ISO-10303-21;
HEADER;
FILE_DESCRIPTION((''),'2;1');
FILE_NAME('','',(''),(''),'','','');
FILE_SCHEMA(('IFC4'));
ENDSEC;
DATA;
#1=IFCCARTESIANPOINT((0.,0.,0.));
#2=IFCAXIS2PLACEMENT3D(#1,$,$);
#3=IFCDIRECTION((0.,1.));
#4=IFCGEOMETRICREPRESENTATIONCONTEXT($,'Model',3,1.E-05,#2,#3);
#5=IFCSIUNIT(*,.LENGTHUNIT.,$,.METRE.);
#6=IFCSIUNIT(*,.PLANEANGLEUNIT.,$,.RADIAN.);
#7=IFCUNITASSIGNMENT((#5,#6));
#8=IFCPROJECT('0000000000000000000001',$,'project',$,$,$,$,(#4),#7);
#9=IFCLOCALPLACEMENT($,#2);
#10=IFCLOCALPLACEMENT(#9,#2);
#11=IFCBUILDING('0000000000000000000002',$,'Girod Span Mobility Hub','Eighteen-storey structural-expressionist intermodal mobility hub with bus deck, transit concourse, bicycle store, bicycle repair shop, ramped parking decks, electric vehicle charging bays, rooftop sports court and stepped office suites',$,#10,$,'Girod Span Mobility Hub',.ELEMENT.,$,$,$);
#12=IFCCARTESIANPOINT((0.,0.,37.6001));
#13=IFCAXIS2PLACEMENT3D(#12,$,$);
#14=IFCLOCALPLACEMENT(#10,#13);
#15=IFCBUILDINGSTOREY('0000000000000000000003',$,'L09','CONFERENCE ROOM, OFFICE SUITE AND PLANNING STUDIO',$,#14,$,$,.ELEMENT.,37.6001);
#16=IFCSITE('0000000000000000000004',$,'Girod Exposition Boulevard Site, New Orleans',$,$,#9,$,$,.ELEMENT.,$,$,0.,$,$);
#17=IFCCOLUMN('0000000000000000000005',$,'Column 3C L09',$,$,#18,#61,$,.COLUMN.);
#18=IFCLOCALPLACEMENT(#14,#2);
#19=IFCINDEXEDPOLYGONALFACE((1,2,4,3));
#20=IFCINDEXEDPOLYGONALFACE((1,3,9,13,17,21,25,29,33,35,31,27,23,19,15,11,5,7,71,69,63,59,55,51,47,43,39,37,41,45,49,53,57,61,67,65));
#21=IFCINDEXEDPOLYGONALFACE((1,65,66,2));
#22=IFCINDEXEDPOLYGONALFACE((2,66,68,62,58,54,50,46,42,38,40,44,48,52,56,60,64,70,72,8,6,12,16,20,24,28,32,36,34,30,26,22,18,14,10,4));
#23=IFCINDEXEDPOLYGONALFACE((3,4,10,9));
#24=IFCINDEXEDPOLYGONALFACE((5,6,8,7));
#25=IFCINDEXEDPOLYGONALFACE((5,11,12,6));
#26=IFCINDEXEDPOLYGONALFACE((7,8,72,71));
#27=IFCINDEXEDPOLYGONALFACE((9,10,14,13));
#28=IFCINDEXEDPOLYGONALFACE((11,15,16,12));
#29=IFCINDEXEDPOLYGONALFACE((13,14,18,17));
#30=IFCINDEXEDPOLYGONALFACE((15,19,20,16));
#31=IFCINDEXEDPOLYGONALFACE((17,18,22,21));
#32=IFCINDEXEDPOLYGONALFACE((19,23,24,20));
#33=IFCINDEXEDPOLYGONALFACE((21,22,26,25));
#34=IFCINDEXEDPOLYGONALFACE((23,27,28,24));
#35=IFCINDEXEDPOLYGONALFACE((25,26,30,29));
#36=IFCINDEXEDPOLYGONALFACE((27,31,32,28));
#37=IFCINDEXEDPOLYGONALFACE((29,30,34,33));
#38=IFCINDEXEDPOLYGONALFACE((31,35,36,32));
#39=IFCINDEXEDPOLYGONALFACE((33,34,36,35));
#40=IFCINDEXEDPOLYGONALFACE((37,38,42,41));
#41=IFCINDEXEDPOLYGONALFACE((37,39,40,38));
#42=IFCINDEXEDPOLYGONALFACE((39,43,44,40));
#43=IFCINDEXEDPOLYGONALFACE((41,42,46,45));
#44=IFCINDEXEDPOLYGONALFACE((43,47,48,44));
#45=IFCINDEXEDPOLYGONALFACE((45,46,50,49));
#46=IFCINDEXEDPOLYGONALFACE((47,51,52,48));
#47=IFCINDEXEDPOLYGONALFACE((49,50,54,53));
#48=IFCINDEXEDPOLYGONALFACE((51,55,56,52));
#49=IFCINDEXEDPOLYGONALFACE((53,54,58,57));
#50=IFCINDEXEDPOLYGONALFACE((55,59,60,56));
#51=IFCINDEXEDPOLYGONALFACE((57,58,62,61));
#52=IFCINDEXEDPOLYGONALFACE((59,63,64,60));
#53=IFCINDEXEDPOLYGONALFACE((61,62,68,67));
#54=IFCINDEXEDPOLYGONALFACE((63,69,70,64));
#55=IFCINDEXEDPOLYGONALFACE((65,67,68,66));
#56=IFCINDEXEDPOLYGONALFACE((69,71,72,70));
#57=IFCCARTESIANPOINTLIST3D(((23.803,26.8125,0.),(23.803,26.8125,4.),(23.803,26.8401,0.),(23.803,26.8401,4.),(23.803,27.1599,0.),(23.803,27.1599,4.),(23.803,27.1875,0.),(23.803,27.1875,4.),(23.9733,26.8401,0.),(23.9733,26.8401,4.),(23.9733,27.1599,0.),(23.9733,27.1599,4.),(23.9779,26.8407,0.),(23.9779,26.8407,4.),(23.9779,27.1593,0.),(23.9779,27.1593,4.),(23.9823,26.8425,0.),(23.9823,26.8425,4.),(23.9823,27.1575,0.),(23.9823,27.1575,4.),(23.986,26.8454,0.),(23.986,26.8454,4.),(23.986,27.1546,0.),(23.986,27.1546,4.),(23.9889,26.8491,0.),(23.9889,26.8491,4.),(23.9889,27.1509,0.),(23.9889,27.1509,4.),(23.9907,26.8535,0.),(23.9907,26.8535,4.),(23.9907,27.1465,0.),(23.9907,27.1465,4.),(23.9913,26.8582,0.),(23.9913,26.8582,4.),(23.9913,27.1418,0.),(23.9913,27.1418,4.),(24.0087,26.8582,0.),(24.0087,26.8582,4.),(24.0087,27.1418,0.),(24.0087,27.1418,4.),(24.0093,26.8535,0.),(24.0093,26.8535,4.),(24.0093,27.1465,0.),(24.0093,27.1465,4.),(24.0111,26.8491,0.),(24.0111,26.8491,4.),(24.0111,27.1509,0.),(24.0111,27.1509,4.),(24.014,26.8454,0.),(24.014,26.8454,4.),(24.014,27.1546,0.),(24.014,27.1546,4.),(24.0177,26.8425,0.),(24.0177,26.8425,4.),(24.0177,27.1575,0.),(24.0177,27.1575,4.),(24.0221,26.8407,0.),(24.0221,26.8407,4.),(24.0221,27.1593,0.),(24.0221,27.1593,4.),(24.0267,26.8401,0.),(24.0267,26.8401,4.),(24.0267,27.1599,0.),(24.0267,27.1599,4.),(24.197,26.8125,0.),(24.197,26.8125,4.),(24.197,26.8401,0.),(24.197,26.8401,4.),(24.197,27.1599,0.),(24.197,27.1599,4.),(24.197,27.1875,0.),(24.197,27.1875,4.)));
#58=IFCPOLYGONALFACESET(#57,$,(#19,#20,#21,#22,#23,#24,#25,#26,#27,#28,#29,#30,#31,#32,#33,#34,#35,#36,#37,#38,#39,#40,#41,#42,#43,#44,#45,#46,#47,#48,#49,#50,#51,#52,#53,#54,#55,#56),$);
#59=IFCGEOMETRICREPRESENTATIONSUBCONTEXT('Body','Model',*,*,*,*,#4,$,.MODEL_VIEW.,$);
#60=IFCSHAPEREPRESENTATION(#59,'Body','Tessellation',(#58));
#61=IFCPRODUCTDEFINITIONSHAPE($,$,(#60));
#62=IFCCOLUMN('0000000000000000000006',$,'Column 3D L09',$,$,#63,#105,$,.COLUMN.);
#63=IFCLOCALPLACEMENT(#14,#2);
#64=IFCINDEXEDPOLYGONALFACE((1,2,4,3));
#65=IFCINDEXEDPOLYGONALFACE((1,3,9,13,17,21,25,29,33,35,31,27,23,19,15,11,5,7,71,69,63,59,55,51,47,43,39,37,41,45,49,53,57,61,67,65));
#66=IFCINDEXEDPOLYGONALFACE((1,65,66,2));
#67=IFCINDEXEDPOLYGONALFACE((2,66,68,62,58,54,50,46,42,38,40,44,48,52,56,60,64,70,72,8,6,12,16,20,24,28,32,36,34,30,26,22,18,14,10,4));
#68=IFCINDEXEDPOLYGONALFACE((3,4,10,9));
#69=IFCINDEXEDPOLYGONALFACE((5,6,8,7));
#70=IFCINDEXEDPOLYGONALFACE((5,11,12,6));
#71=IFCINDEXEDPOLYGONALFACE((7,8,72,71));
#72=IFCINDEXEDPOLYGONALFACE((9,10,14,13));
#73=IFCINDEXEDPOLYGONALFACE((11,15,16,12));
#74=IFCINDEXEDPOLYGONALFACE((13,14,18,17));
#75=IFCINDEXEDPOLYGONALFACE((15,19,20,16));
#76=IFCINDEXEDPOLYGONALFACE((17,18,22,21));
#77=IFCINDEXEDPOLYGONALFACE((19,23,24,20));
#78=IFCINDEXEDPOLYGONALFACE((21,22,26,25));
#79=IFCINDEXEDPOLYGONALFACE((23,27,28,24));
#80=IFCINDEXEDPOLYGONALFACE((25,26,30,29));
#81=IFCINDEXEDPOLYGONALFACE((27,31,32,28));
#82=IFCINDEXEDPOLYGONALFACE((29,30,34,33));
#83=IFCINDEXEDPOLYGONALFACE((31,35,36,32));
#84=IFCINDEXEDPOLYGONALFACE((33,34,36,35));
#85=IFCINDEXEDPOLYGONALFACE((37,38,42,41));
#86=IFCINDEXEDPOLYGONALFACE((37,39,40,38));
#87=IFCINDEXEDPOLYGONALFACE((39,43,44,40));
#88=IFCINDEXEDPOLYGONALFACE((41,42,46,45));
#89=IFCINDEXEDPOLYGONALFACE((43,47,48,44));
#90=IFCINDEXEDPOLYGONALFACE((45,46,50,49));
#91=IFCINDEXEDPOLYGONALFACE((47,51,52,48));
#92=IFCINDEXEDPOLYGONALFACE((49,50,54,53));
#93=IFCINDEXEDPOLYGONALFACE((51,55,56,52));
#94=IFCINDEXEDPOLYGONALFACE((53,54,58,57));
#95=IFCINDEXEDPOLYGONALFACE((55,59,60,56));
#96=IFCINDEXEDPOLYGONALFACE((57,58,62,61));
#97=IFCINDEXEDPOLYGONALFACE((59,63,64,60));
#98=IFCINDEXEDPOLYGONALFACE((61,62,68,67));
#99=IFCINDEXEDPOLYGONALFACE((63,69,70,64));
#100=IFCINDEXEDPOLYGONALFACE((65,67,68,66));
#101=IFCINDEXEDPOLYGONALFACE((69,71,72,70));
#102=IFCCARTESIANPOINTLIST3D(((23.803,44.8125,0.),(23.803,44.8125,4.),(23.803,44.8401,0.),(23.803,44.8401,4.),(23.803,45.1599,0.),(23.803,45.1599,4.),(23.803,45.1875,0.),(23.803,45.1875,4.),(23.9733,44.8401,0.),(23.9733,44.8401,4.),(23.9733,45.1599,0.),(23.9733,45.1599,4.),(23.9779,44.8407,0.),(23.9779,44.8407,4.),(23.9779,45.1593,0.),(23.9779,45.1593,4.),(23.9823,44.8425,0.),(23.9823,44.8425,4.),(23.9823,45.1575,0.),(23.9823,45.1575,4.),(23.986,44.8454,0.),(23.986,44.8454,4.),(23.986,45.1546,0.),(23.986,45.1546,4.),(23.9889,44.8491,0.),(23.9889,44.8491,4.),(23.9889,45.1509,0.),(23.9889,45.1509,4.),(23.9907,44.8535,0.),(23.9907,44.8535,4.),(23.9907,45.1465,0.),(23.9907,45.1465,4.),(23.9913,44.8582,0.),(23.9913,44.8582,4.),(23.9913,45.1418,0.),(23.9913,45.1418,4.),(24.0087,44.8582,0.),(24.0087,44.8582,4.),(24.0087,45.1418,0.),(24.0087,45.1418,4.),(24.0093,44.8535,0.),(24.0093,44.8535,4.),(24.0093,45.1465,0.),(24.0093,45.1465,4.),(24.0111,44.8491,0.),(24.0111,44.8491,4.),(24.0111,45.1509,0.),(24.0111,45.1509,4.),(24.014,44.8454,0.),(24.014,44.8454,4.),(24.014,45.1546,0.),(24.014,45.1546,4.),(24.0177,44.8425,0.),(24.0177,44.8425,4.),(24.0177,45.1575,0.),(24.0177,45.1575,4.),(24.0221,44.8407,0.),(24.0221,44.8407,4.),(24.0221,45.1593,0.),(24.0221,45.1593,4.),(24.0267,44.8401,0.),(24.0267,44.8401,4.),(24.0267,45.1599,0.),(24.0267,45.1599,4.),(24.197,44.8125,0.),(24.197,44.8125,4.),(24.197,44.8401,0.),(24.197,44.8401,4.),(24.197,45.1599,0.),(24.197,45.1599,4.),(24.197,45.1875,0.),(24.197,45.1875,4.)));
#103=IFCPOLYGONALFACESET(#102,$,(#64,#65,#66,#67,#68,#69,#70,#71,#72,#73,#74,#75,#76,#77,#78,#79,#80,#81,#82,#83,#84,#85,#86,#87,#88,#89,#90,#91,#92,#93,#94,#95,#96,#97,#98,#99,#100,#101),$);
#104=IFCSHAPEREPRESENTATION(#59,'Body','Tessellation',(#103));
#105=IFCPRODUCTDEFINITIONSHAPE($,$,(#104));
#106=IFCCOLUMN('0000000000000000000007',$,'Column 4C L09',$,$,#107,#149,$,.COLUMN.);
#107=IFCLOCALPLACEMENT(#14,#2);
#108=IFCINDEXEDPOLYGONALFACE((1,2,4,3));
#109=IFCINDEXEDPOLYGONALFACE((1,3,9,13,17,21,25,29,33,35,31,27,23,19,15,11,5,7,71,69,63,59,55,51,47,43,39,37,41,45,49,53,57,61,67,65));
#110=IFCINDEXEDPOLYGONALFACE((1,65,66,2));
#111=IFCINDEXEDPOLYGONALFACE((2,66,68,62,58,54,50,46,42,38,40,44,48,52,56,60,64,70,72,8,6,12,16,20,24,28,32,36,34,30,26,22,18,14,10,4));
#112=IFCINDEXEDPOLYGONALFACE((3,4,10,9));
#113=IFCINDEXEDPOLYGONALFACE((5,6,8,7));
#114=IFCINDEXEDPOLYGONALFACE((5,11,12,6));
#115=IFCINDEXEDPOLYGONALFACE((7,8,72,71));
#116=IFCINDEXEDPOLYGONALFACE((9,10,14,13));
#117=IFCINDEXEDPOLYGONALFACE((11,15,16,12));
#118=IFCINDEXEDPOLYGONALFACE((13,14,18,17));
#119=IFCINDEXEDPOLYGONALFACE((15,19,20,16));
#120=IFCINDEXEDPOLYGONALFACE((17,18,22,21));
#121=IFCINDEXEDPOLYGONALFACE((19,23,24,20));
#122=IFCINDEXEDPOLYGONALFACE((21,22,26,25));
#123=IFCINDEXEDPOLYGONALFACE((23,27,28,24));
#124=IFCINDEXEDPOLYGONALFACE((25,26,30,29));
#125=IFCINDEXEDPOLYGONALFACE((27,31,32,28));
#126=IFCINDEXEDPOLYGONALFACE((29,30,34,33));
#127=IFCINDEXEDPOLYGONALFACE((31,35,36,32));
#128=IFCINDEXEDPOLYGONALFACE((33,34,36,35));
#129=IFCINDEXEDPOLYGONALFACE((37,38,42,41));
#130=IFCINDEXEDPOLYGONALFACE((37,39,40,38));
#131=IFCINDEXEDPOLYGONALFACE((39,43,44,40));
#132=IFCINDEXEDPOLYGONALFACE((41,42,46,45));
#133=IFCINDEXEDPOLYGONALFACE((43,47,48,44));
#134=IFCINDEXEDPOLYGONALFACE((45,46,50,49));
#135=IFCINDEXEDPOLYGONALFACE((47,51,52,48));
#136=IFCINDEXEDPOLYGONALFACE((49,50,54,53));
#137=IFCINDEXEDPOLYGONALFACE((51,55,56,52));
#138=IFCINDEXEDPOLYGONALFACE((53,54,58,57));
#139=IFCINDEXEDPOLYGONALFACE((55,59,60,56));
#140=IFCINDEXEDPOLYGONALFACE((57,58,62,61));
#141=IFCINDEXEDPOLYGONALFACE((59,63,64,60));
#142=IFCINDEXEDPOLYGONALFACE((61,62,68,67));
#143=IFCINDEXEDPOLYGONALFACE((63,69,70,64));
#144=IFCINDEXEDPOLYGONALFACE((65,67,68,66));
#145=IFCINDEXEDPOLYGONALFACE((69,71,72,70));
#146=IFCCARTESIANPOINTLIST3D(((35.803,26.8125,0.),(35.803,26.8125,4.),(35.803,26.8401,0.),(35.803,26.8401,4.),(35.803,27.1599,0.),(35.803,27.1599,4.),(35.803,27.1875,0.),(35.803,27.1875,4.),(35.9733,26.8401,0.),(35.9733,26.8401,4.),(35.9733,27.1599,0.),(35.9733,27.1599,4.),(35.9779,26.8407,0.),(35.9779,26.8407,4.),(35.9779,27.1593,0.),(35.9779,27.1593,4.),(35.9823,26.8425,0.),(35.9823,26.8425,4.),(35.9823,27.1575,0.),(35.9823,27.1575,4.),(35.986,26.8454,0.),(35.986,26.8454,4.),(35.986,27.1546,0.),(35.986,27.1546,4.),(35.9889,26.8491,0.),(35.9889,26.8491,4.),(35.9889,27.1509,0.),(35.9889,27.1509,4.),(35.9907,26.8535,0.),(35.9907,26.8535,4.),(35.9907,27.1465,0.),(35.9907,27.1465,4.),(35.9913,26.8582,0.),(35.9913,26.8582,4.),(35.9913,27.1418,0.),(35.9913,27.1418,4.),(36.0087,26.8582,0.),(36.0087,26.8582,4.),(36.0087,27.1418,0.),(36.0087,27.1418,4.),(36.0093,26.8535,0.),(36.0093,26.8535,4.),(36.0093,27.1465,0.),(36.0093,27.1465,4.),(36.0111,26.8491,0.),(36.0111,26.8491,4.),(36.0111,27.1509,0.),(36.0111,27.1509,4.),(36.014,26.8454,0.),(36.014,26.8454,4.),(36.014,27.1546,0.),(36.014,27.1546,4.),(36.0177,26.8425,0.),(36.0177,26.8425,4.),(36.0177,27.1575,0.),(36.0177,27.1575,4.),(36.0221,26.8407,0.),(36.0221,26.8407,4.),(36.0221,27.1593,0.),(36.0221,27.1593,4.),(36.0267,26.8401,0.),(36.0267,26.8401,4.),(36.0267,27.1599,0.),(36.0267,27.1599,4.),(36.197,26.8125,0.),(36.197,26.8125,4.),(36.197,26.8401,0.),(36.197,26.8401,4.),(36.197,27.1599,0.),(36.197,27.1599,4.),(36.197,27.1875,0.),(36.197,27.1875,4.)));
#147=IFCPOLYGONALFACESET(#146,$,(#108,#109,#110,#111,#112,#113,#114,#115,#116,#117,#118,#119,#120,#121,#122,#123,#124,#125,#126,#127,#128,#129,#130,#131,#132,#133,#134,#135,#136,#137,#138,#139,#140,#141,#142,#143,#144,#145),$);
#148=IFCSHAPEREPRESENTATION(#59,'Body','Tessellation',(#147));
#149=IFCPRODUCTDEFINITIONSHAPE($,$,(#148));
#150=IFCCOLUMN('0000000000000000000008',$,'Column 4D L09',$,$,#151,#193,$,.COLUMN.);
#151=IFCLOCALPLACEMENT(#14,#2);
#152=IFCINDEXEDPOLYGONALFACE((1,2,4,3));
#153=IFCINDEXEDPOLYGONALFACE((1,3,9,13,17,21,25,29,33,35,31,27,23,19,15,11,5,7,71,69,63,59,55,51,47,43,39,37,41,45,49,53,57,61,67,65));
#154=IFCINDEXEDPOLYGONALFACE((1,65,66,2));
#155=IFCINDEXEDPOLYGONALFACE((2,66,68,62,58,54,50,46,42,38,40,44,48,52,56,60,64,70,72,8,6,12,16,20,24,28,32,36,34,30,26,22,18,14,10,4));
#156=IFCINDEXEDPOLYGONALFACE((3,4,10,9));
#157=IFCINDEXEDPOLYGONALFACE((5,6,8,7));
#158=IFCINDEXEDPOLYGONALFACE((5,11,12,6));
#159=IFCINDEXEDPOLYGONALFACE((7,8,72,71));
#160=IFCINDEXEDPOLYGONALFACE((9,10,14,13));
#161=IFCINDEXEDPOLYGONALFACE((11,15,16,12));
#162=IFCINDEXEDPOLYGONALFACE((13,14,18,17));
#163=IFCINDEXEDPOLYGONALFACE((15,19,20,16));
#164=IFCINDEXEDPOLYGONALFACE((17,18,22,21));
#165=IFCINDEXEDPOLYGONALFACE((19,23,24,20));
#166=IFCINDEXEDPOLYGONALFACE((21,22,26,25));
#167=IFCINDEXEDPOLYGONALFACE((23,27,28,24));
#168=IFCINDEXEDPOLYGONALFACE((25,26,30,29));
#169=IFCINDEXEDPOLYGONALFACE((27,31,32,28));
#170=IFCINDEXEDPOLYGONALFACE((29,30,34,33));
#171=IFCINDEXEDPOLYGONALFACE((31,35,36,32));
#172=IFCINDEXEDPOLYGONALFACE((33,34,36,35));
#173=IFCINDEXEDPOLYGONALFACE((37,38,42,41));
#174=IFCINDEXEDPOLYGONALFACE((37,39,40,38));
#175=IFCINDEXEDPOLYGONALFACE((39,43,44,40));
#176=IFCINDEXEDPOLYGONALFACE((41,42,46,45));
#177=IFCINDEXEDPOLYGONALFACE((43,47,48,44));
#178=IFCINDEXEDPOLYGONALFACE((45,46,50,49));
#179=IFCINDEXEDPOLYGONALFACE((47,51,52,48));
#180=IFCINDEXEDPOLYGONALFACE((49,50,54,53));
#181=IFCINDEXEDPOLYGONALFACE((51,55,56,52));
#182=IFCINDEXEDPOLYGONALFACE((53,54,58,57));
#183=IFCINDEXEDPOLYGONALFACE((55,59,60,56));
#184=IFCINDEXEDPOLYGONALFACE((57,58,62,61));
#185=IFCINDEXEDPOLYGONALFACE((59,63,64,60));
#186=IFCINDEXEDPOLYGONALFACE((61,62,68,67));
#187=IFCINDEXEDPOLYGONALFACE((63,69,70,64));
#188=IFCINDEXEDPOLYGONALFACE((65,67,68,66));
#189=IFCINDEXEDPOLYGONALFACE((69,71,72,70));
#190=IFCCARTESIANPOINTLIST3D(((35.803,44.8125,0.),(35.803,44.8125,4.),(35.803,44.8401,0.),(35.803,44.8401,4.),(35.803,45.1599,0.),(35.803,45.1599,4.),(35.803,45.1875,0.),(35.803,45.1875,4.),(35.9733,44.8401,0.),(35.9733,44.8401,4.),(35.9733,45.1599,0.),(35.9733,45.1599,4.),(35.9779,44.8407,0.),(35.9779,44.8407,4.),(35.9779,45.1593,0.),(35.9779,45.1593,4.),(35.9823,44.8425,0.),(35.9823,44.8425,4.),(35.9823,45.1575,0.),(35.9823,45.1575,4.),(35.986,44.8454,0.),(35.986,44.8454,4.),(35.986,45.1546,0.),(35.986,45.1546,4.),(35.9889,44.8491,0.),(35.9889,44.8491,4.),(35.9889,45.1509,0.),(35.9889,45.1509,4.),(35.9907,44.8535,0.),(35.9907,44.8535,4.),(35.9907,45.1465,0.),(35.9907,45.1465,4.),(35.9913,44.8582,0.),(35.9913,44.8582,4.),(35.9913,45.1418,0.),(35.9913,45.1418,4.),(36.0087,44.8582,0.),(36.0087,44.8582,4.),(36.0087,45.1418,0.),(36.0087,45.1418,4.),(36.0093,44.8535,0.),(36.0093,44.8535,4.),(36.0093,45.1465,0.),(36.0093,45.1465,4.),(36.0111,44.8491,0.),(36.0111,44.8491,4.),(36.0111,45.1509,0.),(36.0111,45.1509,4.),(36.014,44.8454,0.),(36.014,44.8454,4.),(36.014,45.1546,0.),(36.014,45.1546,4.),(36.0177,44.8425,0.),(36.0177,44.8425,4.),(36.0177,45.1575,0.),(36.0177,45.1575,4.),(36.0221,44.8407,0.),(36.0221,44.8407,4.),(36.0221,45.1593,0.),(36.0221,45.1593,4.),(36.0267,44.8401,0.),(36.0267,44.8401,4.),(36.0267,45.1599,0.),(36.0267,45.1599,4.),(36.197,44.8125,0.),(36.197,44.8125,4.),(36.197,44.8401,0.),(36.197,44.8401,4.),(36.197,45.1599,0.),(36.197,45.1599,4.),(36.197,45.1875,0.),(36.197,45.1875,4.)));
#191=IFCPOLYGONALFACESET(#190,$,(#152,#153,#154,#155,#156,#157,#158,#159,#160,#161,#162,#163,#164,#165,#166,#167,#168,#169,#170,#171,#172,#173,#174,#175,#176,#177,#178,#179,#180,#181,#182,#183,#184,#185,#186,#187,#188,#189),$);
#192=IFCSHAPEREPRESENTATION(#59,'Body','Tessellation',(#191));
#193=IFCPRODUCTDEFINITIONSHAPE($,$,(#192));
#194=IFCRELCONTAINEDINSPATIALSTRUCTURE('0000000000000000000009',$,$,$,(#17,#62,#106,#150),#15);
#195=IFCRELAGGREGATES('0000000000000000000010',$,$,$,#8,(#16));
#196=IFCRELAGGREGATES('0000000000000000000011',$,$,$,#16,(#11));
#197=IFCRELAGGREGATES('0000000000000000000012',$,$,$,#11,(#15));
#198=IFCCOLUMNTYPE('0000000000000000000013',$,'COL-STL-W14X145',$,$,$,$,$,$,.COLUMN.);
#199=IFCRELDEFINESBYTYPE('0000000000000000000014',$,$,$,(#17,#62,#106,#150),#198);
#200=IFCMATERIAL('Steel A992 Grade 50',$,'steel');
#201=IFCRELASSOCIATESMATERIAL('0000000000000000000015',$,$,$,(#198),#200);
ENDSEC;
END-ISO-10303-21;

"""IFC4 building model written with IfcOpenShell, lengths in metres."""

from ifc_helpers import new_model, si_unit, direction, frame, origin, origin_2d, place, context, subcontext, project, spatial, i_section, extrude, material, material_profile, profile_set, type_object, element, save


model = new_model("IFC4")

# Units and contexts
model_context = context("Model", 3, precision=1e-05, world=origin(), true_north=direction((0.0, 1.0)))
body_context = subcontext(model_context, "Body", "Model", "MODEL_VIEW")
ifc_project = project(units=[si_unit("LENGTHUNIT", "METRE"), si_unit("PLANEANGLEUNIT", "RADIAN")], contexts=[model_context])

# Site, building, storey
site_placement = place(None, origin())
site = spatial("IfcSite", under=ifc_project, at=site_placement, Name="Girod Exposition Boulevard Site, New Orleans", CompositionType="ELEMENT", RefElevation=0.0)
building_placement = place(site_placement, origin())
building = spatial("IfcBuilding", under=site, at=building_placement, Name="Girod Span Mobility Hub", Description="Eighteen-storey structural-expressionist intermodal mobility hub with bus deck, transit concourse, bicycle store, bicycle repair shop, ramped parking decks, electric vehicle charging bays, rooftop sports court and stepped office suites", LongName="Girod Span Mobility Hub", CompositionType="ELEMENT")
storey_placement = place(building_placement, frame((0.0, 0.0, 37.6001)))
storey = spatial("IfcBuildingStorey", under=building, at=storey_placement, Name="L09", Description="CONFERENCE ROOM, OFFICE SUITE AND PLANNING STUDIO", CompositionType="ELEMENT", Elevation=37.6001)

# Columns
ifc_material_1 = material(Name="Steel A992 Grade 50", Category="steel")
ifc_material_profile_1 = material_profile(ifc_material_1, i_section(OverallWidth=0.394, OverallDepth=0.375, WebThickness=0.0173, FlangeThickness=0.0276, FilletRadius=0.0181, at=origin_2d()), Name="W14X145")
ifc_profile_set_1 = profile_set([ifc_material_profile_1], Name="Steel A992 Grade 50")
column_type = type_object("IfcColumnType", Name="COL-STL-W14X145", PredefinedType="COLUMN", material=ifc_profile_set_1)
for number, where, z_axis, x_axis, name in (
    (1, (24.0, 27.0, 0.0), (0.0, 0.0, 1.0), (1.0, 0.0, 0.0), "Column 3C L09"),
    (2, (24.0, 45.0, 0.0), (0.0, 0.0, 1.0), (1.0, 0.0, 0.0), "Column 3D L09"),
    (3, (36.0, 27.0, 0.0), (0.0, 0.0, 1.0), (1.0, 0.0, 0.0), "Column 4C L09"),
    (4, (36.0, 45.0, 0.0), (0.0, 0.0, 1.0), (1.0, 0.0, 0.0), "Column 4D L09"),
):
    element("IfcColumn", number, at=place(storey_placement, frame(where, z_axis=z_axis, x_axis=x_axis)), inside=storey, type_object=column_type, Name=name, PredefinedType="COLUMN", context=body_context, shape_type="SweptSolid", body=[
        extrude(i_section(OverallWidth=0.394, OverallDepth=0.375, WebThickness=0.0173, FlangeThickness=0.0276, FilletRadius=0.0181, at=origin_2d()), origin(), (0.0, 0.0, 1.0), 4.0),
    ])

save(model, "model.ifc")
